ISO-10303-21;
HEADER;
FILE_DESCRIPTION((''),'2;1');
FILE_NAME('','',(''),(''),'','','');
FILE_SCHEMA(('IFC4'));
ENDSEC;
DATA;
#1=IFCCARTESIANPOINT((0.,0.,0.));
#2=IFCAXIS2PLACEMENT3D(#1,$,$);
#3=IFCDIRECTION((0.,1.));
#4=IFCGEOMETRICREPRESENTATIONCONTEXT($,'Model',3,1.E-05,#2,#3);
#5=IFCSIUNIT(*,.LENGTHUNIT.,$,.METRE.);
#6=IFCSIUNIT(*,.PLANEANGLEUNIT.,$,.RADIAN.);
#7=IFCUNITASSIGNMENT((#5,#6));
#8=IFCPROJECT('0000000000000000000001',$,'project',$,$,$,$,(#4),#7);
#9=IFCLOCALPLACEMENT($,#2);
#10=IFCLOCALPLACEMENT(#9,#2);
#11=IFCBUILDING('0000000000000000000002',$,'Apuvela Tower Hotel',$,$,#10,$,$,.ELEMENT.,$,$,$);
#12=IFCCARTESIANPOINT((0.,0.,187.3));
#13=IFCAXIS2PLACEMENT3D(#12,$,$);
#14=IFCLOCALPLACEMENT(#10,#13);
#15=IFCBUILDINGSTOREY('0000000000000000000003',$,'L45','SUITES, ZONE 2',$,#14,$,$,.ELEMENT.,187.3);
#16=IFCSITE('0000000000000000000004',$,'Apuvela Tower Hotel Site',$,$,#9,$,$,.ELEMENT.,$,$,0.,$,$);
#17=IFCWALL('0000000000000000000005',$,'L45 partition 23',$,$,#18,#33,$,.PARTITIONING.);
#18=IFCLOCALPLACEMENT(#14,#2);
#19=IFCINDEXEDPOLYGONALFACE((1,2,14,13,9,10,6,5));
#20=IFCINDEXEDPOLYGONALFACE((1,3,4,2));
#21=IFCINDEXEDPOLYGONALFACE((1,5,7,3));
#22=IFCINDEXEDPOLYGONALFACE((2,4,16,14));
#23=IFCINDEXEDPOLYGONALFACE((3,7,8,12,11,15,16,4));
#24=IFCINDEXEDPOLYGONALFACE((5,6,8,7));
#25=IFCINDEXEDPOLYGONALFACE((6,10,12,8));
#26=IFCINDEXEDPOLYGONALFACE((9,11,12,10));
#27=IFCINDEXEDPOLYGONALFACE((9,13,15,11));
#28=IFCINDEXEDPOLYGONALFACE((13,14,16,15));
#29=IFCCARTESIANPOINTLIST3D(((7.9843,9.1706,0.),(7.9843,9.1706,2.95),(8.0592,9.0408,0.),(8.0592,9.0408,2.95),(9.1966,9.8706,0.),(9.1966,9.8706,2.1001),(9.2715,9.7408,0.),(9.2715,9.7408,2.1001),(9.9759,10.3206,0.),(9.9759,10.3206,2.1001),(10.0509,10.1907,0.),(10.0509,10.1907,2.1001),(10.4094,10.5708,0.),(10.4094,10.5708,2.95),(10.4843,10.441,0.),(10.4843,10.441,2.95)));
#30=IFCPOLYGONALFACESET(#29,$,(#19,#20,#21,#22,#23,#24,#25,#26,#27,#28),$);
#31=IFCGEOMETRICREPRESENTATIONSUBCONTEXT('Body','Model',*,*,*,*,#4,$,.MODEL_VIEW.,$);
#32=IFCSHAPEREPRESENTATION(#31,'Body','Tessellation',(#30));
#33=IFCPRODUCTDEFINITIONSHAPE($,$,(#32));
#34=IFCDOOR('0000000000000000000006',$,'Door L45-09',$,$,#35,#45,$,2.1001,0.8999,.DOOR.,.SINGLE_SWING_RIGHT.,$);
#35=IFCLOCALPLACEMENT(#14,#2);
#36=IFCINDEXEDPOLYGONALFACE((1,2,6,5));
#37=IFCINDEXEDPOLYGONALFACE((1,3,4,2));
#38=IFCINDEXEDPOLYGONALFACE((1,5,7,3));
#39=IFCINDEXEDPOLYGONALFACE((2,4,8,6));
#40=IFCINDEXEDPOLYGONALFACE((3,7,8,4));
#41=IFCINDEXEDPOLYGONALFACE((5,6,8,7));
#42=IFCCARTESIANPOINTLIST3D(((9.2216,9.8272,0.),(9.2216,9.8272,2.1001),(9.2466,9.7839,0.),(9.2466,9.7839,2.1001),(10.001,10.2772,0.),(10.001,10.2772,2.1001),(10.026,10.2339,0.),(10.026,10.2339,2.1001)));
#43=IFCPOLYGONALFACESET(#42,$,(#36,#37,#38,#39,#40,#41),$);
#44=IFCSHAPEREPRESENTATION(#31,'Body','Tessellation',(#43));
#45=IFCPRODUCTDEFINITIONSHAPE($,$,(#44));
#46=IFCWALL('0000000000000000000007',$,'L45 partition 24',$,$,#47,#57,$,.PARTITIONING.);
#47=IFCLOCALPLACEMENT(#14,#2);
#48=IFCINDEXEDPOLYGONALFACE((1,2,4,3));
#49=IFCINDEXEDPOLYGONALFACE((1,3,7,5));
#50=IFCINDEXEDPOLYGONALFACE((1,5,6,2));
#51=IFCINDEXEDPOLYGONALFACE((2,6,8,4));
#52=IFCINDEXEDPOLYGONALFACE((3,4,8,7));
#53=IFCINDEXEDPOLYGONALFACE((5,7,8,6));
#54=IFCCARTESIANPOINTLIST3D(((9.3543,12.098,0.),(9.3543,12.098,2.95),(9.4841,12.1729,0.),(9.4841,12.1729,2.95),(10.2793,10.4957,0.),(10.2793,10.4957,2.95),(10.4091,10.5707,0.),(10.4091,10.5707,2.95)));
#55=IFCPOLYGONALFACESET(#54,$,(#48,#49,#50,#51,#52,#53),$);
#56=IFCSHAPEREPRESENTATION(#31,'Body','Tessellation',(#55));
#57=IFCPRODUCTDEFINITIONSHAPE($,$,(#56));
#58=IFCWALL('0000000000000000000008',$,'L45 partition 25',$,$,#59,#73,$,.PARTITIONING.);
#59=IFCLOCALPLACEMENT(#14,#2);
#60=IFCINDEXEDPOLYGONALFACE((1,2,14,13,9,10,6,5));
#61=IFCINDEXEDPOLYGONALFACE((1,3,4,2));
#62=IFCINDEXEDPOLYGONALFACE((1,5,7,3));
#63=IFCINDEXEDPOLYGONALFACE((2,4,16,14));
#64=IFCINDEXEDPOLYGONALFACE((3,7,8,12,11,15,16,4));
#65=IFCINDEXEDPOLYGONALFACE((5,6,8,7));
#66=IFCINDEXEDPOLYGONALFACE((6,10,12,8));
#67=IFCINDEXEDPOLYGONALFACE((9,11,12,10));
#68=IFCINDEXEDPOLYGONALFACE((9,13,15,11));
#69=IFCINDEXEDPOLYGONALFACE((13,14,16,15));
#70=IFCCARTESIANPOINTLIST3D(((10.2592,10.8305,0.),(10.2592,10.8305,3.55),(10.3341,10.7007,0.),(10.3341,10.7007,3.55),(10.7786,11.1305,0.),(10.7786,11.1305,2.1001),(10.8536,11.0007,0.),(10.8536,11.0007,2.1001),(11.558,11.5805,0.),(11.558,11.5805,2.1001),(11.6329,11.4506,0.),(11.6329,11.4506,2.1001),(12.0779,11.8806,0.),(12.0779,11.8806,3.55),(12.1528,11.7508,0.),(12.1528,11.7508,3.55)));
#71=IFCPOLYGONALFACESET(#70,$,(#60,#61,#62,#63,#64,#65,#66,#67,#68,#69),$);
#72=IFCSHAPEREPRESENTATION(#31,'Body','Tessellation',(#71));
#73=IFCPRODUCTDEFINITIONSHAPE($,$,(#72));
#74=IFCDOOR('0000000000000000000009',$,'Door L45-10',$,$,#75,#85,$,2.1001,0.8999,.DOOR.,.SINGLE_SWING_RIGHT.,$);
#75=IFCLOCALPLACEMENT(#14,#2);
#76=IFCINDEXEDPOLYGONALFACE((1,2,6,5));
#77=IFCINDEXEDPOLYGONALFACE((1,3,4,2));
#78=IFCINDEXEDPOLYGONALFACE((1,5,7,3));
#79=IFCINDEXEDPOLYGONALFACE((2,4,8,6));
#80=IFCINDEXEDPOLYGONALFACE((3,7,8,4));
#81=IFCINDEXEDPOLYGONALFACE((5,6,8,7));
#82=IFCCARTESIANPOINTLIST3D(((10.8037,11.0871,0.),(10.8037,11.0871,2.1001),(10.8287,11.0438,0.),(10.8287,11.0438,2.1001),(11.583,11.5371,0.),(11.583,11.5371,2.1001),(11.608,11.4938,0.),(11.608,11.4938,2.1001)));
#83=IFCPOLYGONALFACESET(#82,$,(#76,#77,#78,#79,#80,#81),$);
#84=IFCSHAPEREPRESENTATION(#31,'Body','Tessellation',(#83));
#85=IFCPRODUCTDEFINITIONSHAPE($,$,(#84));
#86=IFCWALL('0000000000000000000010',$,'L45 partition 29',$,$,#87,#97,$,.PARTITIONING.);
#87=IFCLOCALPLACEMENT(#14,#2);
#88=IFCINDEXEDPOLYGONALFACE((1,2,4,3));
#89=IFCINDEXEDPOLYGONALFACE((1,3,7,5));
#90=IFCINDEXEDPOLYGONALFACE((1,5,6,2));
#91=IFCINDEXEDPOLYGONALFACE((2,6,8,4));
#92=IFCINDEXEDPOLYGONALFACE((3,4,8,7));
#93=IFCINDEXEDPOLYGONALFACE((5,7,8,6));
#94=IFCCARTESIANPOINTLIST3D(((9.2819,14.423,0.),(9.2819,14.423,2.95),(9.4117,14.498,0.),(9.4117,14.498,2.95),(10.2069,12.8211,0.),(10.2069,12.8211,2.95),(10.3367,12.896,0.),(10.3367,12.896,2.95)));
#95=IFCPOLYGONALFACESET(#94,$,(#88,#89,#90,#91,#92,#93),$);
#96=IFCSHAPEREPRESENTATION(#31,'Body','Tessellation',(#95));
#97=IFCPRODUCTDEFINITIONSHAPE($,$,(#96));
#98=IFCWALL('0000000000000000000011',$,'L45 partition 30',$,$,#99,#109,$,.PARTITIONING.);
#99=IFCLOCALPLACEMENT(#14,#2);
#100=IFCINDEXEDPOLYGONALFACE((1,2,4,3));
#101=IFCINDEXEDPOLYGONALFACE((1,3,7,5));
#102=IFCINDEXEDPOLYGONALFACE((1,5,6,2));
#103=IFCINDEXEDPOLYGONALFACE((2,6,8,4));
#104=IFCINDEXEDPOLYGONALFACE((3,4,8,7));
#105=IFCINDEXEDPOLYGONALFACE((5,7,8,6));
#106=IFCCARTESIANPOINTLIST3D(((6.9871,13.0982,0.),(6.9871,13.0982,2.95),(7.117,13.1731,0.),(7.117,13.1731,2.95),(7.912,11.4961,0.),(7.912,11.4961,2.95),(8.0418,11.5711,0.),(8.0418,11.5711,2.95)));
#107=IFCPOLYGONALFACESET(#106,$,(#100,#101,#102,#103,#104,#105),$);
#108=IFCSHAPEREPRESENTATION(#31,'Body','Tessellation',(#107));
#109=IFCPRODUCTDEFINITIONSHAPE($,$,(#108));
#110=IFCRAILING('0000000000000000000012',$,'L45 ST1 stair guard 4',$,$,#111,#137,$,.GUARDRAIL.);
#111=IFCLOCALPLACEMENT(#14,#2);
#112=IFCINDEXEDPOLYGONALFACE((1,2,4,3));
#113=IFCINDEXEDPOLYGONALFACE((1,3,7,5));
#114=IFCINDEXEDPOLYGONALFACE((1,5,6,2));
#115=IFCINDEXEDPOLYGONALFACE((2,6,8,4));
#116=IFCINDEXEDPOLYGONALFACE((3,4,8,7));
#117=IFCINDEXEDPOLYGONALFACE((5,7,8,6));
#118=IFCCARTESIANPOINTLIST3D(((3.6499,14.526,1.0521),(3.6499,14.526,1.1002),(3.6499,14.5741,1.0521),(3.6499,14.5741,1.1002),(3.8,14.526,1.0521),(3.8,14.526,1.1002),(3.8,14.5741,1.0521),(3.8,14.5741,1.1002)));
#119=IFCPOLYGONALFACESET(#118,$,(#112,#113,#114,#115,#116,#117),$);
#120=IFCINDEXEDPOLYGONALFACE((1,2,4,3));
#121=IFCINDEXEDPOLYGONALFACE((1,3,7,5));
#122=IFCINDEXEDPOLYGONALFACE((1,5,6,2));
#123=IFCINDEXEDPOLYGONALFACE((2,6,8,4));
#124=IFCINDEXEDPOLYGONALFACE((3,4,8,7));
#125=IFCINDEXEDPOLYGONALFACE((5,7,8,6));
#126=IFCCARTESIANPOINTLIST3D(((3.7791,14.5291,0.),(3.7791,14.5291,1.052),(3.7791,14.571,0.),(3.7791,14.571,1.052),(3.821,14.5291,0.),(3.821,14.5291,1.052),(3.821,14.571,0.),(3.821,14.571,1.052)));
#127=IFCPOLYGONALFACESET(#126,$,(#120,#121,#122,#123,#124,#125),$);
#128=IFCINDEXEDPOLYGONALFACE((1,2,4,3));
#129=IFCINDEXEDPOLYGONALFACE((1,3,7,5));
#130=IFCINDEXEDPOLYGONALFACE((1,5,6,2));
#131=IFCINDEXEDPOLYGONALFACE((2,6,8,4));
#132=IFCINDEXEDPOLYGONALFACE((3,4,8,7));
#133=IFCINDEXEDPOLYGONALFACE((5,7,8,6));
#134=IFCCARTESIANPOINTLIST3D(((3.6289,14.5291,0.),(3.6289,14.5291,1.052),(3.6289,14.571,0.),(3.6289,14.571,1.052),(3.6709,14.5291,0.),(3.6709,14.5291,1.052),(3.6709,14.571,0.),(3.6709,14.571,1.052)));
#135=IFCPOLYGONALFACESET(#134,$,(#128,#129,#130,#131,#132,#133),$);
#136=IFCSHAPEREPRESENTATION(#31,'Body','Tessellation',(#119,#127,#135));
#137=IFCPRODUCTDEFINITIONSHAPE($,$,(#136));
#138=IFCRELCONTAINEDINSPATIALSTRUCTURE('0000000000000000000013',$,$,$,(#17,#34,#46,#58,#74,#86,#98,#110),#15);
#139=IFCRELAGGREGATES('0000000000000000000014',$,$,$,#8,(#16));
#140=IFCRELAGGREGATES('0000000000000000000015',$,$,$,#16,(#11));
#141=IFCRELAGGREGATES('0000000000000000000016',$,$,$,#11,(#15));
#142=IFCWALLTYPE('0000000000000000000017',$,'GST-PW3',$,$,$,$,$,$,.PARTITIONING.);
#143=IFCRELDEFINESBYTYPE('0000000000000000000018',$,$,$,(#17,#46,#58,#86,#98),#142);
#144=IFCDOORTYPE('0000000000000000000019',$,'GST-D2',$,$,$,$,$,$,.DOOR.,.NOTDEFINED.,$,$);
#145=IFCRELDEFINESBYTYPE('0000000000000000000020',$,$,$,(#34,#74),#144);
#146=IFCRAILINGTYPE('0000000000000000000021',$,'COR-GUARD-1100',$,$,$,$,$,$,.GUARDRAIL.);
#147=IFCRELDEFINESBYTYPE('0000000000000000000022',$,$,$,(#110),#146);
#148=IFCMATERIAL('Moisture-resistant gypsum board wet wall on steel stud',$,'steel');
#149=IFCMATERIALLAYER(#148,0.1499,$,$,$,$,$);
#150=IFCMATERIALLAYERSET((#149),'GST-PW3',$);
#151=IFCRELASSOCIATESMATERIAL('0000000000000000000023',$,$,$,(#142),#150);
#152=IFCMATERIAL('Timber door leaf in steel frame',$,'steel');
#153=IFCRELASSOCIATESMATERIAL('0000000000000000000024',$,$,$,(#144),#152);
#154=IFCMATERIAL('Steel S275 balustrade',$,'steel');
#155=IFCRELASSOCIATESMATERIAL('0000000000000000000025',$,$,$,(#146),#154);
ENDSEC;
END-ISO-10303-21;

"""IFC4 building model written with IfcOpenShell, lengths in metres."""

from ifc_helpers import new_model, si_unit, direction, frame, frame_2d, origin, origin_2d, place, context, subcontext, project, spatial, rectangle, extrude, material, layer, layer_set, type_object, element, fill, save


model = new_model("IFC4")

# Units and contexts
model_context = context("Model", 3, precision=1e-05, world=origin(), true_north=direction((0.0, 1.0)))
body_context = subcontext(model_context, "Body", "Model", "MODEL_VIEW")
ifc_project = project(units=[si_unit("LENGTHUNIT", "METRE"), si_unit("PLANEANGLEUNIT", "RADIAN")], contexts=[model_context])

# Site, building, storey
site_placement = place(None, origin())
site = spatial("IfcSite", under=ifc_project, at=site_placement, Name="Apuvela Tower Hotel Site", CompositionType="ELEMENT", RefElevation=0.0)
building_placement = place(site_placement, origin())
building = spatial("IfcBuilding", under=site, at=building_placement, Name="Apuvela Tower Hotel", CompositionType="ELEMENT")
storey_placement = place(building_placement, frame((0.0, 0.0, 187.3)))
storey = spatial("IfcBuildingStorey", under=building, at=storey_placement, Name="L45", Description="SUITES, ZONE 2", CompositionType="ELEMENT", Elevation=187.3)

# Wall, opening, door
ifc_material_1 = material(Name="Timber door leaf in steel frame", Category="steel")
ifc_material_2 = material(Name="Moisture-resistant gypsum board wet wall on steel stud", Category="steel")
ifc_layer_1 = layer(ifc_material_2, 0.1499)
ifc_layer_set_1 = layer_set([ifc_layer_1], Name="GST-PW3")
wall_type_1 = type_object("IfcWallType", Name="GST-PW3", PredefinedType="PARTITIONING", material=ifc_layer_set_1)
wall_1_placement = place(storey_placement, frame((8.0217, 9.1057, 0.0), z_axis=(0.0, 0.0, 1.0), x_axis=(0.866019, 0.500012, 0.0)))
wall_1 = element("IfcWall", 1, at=wall_1_placement, inside=storey, type_object=wall_type_1, Name="L45 partition 23", PredefinedType="PARTITIONING", context=body_context, shape_type="SweptSolid", body=[
    extrude(rectangle(XDim=2.8003, YDim=0.1499, at=frame_2d((1.4001, 0.0))), origin(), (0.0, 0.0, 1.0), 2.95),
])
opening_1_placement = place(wall_1_placement, frame((1.3999, 0.0, 0.0)))
opening_1 = element("IfcOpeningElement", 2, at=opening_1_placement, cuts=wall_1, PredefinedType="OPENING", context=body_context, shape_type="SweptSolid", body=[
    extrude(rectangle(XDim=0.8999, YDim=2.1001, at=frame_2d((0.45, 1.05))), frame((0.0, 0.085, 0.0), z_axis=(0.0, -1.0, 0.0), x_axis=(1.0, 0.0, 0.0)), (0.0, 0.0, 1.0), 0.1699),
])
door_type_1 = type_object("IfcDoorType", Name="GST-D2", OperationType="NOTDEFINED", PredefinedType="DOOR", material=ifc_material_1)
door_1_placement = place(opening_1_placement, origin())
door_1 = element("IfcDoor", 3, at=door_1_placement, inside=storey, type_object=door_type_1, Name="Door L45-09", OperationType="SINGLE_SWING_RIGHT", OverallHeight=2.1001, OverallWidth=0.8999, PredefinedType="DOOR", context=body_context, shape_type="SweptSolid", body=[
    extrude(rectangle(XDim=0.8999, YDim=2.1001, at=frame_2d((0.45, 1.05))), frame((0.0, 0.0249, 0.0), z_axis=(0.0, -1.0, 0.0), x_axis=(1.0, 0.0, 0.0)), (0.0, 0.0, 1.0), 0.05),
])
fill(opening_1, door_1)

# Wall
wall_2_placement = place(storey_placement, frame((10.3442, 10.5332, 0.0), z_axis=(0.0, 0.0, 1.0), x_axis=(-0.499985, 0.866034, 0.0)))
element("IfcWall", 4, at=wall_2_placement, inside=storey, type_object=wall_type_1, Name="L45 partition 24", PredefinedType="PARTITIONING", context=body_context, shape_type="SweptSolid", body=[
    extrude(rectangle(XDim=1.8501, YDim=0.1499, at=frame_2d((0.925, 0.0))), origin(), (0.0, 0.0, 1.0), 2.95),
])

# Wall, opening, door
wall_3_placement = place(storey_placement, frame((10.2966, 10.7656, 0.0), z_axis=(0.0, 0.0, 1.0), x_axis=(0.866009, 0.500028, 0.0)))
wall_3 = element("IfcWall", 5, at=wall_3_placement, inside=storey, type_object=wall_type_1, Name="L45 partition 25", PredefinedType="PARTITIONING", context=body_context, shape_type="SweptSolid", body=[
    extrude(rectangle(XDim=2.1001, YDim=0.1499, at=frame_2d((1.05, 0.0))), origin(), (0.0, 0.0, 1.0), 3.55),
])
opening_2_placement = place(wall_3_placement, frame((0.5999, 0.0, 0.0)))
opening_2 = element("IfcOpeningElement", 6, at=opening_2_placement, cuts=wall_3, PredefinedType="OPENING", context=body_context, shape_type="SweptSolid", body=[
    extrude(rectangle(XDim=0.8999, YDim=2.1001, at=frame_2d((0.45, 1.05))), frame((0.0, 0.085, 0.0), z_axis=(0.0, -1.0, 0.0), x_axis=(1.0, 0.0, 0.0)), (0.0, 0.0, 1.0), 0.1699),
])
door_2_placement = place(opening_2_placement, origin())
door_2 = element("IfcDoor", 7, at=door_2_placement, inside=storey, type_object=door_type_1, Name="Door L45-10", OperationType="SINGLE_SWING_RIGHT", OverallHeight=2.1001, OverallWidth=0.8999, PredefinedType="DOOR", context=body_context, shape_type="SweptSolid", body=[
    extrude(rectangle(XDim=0.8999, YDim=2.1001, at=frame_2d((0.45, 1.05))), frame((0.0, 0.0249, 0.0), z_axis=(0.0, -1.0, 0.0), x_axis=(1.0, 0.0, 0.0)), (0.0, 0.0, 1.0), 0.05),
])
fill(opening_2, door_2)

# Walls
for number, where, z_axis, x_axis, name in (
    (8, (10.2717, 12.8586, 0.0), (0.0, 0.0, 1.0), (-0.500042, 0.866001, 0.0), "L45 partition 29"),
    (9, (7.9768, 11.5337, 0.0), (0.0, 0.0, 1.0), (-0.499943, 0.866058, 0.0), "L45 partition 30"),
):
    element("IfcWall", number, at=place(storey_placement, frame(where, z_axis=z_axis, x_axis=x_axis)), inside=storey, type_object=wall_type_1, Name=name, PredefinedType="PARTITIONING", context=body_context, shape_type="SweptSolid", body=[
        extrude(rectangle(XDim=1.8499, YDim=0.1499, at=frame_2d((0.9248, 0.0))), origin(), (0.0, 0.0, 1.0), 2.95),
    ])

# Railing
ifc_material_3 = material(Name="Steel S275 balustrade", Category="steel")
railing_type = type_object("IfcRailingType", Name="COR-GUARD-1100", PredefinedType="GUARDRAIL", material=ifc_material_3)
railing_placement = place(storey_placement, frame((3.8, 14.55, 0.0)))
element("IfcRailing", 10, at=railing_placement, inside=storey, type_object=railing_type, Name="L45 ST1 stair guard 4", PredefinedType="GUARDRAIL", context=body_context, shape_type="SweptSolid", body=[
    extrude(rectangle(XDim=0.0481, YDim=0.0481, at=origin_2d()), frame((0.0, 0.0, 1.0762), z_axis=(-1.0, 0.0, 0.0), x_axis=(0.0, -1.0, 0.0)), (0.0, 0.0, 1.0), 0.1501),
    extrude(rectangle(XDim=0.042, YDim=0.042, at=origin_2d()), origin(), (0.0, 0.0, 1.0), 1.052),
    extrude(rectangle(XDim=0.042, YDim=0.042, at=origin_2d()), frame((-0.1501, 0.0, 0.0)), (0.0, 0.0, 1.0), 1.052),
])

save(model, "model.ifc")
